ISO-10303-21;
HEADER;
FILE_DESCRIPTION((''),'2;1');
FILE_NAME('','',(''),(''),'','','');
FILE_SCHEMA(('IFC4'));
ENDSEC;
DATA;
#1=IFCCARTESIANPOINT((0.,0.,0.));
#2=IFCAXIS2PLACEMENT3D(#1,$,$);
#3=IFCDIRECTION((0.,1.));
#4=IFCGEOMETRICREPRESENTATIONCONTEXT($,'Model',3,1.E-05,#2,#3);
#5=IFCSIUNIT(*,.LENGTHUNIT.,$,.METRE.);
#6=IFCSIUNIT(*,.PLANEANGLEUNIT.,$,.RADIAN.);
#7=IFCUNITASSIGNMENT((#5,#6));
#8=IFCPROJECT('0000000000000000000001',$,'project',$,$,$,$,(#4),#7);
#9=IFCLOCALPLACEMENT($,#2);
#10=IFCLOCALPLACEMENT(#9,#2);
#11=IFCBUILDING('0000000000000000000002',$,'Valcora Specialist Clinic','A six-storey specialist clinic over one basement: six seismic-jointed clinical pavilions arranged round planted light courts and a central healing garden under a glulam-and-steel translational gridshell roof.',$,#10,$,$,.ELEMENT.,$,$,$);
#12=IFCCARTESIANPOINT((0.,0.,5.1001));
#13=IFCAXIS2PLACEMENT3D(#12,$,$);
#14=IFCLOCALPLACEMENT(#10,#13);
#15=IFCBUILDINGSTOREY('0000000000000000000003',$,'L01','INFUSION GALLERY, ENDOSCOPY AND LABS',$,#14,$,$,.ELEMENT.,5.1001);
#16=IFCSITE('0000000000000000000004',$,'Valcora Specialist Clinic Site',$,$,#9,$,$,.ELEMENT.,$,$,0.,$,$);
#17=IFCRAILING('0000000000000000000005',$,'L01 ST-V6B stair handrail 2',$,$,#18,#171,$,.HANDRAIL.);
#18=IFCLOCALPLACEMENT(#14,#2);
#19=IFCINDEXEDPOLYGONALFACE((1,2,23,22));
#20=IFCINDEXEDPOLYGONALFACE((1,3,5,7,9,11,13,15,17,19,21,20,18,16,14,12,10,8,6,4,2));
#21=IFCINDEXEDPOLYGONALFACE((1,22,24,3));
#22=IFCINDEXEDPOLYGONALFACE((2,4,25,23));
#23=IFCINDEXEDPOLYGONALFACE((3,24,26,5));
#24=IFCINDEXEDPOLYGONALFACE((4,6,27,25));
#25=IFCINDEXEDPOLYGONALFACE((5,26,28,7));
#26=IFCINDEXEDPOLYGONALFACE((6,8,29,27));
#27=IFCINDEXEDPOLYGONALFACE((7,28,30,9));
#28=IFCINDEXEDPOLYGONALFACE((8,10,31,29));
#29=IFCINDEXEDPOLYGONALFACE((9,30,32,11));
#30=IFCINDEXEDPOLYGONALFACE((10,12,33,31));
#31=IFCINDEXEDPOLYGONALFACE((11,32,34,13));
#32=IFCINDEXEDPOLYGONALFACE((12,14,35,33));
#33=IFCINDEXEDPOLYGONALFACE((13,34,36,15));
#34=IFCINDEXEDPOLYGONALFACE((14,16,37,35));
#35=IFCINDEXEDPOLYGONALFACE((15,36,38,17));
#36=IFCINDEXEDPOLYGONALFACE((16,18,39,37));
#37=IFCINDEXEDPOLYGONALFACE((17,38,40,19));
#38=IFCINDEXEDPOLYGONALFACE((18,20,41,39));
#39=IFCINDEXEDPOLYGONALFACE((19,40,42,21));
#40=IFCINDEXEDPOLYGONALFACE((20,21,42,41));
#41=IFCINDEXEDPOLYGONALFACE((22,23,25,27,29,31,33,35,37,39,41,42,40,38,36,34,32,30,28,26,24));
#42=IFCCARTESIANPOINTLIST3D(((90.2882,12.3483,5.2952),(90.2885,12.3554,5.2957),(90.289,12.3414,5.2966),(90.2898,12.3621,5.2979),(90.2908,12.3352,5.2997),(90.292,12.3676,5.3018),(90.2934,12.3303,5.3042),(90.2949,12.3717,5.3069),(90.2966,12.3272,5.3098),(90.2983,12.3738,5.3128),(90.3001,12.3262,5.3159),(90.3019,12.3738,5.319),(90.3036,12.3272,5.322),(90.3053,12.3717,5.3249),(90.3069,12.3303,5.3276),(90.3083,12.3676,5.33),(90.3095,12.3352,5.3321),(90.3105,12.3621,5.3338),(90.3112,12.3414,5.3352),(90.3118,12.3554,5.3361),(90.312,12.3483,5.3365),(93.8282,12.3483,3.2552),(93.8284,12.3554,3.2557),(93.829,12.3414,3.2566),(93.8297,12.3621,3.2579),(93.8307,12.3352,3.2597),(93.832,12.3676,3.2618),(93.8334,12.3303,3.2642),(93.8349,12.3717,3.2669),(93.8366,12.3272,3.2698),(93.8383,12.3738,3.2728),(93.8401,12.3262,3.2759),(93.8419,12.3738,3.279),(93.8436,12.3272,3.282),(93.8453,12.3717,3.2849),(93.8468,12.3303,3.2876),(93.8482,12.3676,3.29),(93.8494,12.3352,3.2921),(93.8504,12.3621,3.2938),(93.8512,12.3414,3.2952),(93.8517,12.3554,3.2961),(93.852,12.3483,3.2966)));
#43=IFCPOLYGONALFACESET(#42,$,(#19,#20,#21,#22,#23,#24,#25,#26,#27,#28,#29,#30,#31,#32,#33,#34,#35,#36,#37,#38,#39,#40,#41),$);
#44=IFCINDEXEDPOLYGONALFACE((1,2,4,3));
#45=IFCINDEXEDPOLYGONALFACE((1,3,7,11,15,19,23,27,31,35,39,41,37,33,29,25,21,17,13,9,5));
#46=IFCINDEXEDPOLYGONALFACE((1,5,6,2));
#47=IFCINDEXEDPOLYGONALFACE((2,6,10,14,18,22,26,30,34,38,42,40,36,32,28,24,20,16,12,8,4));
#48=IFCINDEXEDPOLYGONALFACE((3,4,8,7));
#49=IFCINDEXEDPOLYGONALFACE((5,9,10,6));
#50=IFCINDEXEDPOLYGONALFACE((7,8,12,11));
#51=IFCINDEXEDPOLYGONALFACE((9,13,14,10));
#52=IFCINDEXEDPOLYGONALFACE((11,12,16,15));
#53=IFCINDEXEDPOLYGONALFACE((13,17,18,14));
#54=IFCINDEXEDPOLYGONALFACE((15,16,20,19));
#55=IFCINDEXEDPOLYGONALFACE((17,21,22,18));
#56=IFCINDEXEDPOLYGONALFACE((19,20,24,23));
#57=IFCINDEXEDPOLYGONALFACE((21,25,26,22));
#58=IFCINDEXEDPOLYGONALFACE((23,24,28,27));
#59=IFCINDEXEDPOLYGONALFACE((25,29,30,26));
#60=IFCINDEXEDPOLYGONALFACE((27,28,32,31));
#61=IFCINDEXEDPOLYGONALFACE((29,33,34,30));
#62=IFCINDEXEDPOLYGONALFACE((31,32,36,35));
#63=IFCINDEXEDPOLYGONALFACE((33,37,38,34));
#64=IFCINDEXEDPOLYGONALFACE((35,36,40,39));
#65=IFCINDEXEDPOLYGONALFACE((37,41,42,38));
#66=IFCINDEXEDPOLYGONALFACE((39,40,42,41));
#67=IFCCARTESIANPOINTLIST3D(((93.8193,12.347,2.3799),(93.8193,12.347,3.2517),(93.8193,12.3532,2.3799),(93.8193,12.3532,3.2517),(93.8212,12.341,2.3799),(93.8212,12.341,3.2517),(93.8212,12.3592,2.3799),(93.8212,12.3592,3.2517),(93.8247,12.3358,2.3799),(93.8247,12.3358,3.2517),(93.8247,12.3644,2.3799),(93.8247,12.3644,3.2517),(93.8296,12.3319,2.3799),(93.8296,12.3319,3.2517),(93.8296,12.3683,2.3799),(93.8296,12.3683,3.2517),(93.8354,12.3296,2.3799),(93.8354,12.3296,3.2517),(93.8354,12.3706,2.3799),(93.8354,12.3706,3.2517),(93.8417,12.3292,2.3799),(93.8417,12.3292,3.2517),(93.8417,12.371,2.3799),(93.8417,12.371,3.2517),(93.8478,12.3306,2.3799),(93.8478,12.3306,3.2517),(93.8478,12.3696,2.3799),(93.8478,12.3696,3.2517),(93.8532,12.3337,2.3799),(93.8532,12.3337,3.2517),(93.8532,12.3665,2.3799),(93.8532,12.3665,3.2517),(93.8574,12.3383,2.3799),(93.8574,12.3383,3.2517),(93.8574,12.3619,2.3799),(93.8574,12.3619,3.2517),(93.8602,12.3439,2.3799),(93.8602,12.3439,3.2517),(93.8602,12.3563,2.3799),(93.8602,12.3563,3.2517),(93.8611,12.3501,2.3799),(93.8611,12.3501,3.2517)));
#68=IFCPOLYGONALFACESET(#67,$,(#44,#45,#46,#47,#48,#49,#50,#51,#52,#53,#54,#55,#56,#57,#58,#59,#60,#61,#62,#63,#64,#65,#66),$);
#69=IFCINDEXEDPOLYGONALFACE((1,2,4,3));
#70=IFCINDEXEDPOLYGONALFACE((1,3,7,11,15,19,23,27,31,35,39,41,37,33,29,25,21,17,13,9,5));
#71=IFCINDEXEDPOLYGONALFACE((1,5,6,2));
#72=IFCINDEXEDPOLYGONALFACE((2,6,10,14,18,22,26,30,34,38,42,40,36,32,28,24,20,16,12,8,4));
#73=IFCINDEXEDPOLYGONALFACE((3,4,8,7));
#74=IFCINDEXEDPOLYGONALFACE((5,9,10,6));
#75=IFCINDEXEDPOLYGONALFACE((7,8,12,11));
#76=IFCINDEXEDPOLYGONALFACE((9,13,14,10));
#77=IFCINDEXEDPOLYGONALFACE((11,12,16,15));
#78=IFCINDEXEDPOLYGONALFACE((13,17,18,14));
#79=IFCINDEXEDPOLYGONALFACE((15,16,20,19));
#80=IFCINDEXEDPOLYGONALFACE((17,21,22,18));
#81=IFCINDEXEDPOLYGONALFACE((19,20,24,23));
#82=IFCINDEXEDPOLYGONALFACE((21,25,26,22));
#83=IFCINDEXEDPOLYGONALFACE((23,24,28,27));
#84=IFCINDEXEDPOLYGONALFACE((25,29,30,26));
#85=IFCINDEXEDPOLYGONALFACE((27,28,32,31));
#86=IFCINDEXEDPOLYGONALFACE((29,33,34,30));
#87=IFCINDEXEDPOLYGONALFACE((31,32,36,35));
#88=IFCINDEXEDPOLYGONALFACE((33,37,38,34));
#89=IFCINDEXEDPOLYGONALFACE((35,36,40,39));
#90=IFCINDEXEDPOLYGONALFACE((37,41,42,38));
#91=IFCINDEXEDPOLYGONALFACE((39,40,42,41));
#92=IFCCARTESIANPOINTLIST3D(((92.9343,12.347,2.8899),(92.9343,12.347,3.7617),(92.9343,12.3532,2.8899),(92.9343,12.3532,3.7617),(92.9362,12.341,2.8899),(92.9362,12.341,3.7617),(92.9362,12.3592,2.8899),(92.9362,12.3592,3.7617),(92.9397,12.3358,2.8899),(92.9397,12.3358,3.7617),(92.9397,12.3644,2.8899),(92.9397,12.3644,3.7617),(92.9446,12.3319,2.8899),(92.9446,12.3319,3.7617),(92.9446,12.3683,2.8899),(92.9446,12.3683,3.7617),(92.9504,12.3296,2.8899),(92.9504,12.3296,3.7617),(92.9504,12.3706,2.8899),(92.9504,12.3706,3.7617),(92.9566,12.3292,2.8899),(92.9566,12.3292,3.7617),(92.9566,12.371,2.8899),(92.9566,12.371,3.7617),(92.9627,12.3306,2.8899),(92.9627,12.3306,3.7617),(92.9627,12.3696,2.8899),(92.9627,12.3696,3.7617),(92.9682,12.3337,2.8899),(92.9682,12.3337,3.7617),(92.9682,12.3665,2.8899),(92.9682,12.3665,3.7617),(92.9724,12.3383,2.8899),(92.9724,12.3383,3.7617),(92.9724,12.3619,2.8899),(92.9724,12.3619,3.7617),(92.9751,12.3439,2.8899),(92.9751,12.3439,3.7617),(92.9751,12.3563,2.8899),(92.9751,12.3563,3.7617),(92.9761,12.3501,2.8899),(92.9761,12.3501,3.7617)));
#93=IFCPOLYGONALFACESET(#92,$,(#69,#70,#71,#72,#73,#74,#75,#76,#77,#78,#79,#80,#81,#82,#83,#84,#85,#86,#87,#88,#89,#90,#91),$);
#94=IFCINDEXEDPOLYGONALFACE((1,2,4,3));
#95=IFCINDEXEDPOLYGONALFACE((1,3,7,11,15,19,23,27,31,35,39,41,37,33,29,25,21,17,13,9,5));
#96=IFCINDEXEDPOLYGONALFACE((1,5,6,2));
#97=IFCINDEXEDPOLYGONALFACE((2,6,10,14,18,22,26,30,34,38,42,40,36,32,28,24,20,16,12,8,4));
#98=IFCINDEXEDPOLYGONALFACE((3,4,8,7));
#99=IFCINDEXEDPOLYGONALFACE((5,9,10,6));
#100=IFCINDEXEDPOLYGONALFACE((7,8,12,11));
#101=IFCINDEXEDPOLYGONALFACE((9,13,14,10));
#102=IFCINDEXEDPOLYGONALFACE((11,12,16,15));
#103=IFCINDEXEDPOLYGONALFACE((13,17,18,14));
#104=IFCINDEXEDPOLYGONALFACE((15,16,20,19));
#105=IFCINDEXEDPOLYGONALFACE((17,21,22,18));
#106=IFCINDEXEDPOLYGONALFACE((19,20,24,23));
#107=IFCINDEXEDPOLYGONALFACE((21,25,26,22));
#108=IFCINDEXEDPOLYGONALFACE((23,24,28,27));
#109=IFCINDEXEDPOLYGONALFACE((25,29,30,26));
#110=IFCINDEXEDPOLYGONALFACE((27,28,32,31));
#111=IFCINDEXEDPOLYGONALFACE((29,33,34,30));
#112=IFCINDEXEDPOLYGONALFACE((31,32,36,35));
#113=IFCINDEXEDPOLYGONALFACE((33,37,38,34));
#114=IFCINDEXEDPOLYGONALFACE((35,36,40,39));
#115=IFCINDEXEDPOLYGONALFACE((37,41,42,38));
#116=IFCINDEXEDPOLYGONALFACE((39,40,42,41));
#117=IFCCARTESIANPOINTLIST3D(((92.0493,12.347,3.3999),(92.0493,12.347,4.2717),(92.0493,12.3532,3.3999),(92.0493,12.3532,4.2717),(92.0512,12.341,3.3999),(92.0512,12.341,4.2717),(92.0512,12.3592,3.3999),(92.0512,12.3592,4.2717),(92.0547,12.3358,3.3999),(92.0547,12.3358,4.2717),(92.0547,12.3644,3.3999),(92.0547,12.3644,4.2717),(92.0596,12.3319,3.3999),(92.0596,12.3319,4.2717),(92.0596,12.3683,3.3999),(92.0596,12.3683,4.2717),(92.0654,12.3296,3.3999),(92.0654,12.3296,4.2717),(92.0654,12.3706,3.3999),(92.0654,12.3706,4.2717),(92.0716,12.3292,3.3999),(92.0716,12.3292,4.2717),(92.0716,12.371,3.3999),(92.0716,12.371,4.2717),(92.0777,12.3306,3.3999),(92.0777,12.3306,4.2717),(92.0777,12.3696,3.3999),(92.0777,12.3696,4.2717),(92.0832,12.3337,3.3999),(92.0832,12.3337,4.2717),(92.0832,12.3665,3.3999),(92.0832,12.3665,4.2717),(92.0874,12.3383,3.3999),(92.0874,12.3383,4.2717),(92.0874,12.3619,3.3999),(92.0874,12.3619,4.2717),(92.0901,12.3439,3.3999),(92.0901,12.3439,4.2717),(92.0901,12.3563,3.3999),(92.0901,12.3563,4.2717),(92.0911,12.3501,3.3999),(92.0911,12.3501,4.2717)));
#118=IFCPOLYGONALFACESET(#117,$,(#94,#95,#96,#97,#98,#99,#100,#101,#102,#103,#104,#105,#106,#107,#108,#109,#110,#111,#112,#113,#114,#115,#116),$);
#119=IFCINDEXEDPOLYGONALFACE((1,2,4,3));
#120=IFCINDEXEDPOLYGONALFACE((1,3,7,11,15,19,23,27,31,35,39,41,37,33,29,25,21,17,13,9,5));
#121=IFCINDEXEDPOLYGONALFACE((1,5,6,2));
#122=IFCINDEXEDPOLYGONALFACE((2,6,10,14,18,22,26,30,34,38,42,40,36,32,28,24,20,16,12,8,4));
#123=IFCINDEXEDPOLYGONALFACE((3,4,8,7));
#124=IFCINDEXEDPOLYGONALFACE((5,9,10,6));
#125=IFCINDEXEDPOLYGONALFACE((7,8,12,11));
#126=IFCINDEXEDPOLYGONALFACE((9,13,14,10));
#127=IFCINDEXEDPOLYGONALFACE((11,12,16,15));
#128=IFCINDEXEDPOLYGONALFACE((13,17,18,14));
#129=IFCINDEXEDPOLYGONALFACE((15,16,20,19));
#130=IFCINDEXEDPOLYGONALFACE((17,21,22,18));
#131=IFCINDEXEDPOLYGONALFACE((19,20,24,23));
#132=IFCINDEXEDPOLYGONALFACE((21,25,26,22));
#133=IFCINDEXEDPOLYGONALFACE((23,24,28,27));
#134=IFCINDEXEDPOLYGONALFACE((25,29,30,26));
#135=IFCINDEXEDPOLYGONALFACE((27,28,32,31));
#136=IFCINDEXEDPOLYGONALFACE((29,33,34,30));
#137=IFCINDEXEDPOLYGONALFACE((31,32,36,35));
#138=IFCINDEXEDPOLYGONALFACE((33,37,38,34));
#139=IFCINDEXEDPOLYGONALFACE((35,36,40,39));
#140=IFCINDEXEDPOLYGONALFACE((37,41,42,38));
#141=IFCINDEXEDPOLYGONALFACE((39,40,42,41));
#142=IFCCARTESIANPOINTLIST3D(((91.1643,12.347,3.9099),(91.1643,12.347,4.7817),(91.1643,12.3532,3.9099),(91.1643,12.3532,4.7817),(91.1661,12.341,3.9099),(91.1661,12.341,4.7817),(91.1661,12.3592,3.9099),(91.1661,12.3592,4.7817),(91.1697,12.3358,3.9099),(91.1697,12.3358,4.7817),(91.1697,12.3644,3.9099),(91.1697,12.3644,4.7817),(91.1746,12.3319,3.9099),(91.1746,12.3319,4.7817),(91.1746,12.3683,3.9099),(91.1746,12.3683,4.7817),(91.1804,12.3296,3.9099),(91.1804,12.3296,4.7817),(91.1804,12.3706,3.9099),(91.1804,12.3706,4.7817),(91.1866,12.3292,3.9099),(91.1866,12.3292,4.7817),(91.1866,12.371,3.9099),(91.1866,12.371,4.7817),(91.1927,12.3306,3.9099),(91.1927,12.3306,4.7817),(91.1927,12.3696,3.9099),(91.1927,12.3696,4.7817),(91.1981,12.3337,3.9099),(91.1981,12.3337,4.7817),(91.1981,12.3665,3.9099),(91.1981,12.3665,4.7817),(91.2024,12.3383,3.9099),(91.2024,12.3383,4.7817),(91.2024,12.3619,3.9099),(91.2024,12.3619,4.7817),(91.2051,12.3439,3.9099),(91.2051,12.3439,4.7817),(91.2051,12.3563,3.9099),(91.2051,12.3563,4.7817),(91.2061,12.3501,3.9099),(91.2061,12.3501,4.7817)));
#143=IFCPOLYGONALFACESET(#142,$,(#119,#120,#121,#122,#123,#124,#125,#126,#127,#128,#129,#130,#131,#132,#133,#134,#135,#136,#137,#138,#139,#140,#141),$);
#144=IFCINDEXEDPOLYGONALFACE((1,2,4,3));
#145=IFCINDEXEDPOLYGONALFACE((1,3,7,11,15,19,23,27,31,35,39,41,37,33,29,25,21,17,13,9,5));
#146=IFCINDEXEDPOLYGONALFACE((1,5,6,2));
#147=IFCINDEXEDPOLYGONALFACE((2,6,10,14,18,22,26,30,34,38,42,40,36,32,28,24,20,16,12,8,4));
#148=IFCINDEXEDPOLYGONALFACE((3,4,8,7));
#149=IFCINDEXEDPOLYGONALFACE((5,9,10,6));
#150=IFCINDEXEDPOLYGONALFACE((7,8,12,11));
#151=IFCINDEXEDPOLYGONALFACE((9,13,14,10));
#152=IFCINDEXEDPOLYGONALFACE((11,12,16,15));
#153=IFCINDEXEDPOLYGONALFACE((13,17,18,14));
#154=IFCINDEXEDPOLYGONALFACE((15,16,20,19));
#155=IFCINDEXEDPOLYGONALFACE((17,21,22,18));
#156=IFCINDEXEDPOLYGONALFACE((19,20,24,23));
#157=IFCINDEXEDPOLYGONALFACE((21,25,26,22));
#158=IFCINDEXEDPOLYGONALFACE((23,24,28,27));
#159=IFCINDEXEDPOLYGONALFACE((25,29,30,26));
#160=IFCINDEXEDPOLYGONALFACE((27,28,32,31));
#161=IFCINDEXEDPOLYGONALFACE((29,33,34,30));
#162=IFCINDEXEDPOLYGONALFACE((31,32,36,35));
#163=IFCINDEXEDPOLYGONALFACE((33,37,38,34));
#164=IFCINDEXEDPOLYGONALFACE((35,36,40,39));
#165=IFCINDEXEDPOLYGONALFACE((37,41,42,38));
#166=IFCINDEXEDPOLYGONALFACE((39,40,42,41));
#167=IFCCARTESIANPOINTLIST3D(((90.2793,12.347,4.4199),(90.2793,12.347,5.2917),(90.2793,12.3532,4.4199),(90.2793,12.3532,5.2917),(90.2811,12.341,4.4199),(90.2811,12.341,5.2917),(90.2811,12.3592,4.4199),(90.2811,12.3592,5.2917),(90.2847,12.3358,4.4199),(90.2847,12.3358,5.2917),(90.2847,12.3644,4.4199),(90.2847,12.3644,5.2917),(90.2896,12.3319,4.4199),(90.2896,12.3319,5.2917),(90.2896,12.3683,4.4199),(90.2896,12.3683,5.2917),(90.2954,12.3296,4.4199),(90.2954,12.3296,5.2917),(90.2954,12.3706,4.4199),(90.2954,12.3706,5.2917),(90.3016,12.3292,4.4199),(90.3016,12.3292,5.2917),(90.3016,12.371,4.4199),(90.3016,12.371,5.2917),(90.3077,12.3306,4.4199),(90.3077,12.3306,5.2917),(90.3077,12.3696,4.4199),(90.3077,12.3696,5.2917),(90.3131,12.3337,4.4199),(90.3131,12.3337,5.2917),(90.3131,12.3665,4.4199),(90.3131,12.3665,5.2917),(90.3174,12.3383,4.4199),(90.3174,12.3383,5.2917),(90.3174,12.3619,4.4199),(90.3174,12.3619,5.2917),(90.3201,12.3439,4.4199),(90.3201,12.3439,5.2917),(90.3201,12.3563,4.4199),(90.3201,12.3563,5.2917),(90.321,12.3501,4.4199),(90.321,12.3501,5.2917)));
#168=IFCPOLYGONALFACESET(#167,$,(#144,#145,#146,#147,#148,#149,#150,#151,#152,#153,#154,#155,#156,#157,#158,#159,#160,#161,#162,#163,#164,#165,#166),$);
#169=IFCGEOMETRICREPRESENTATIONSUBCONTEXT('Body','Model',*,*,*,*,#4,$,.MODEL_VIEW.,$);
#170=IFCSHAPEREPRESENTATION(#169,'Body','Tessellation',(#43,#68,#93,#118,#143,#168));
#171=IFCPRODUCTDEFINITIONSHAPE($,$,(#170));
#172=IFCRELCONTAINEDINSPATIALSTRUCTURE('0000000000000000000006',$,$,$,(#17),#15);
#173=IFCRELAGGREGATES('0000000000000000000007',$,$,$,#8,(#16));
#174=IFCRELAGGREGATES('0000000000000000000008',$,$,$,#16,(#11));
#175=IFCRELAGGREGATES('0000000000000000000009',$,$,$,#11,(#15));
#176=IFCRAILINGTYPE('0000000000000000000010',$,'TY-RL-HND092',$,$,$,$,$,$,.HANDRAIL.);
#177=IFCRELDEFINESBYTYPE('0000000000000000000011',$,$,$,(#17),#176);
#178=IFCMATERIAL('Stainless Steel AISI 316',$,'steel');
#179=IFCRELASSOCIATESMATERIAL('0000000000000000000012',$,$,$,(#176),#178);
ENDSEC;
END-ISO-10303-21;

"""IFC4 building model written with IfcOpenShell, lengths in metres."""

from ifc_helpers import new_model, si_unit, direction, frame, origin, origin_2d, place, context, subcontext, project, spatial, circle, extrude, material, type_object, element, save


model = new_model("IFC4")

# Units and contexts
model_context = context("Model", 3, precision=1e-05, world=origin(), true_north=direction((0.0, 1.0)))
body_context = subcontext(model_context, "Body", "Model", "MODEL_VIEW")
ifc_project = project(units=[si_unit("LENGTHUNIT", "METRE"), si_unit("PLANEANGLEUNIT", "RADIAN")], contexts=[model_context])

# Site, building, storey
site_placement = place(None, origin())
site = spatial("IfcSite", under=ifc_project, at=site_placement, Name="Valcora Specialist Clinic Site", CompositionType="ELEMENT", RefElevation=0.0)
building_placement = place(site_placement, origin())
building = spatial("IfcBuilding", under=site, at=building_placement, Name="Valcora Specialist Clinic", Description="A six-storey specialist clinic over one basement: six seismic-jointed clinical pavilions arranged round planted light courts and a central healing garden under a glulam-and-steel translational gridshell roof.", CompositionType="ELEMENT")
storey_placement = place(building_placement, frame((0.0, 0.0, 5.1001)))
storey = spatial("IfcBuildingStorey", under=building, at=storey_placement, Name="L01", Description="INFUSION GALLERY, ENDOSCOPY AND LABS", CompositionType="ELEMENT", Elevation=5.1001)

# Shared definitions
ifc_material_1 = material(Name="Stainless Steel AISI 316", Category="steel")

# Railing
railing_type_1 = type_object("IfcRailingType", Name="TY-RL-HND092", PredefinedType="HANDRAIL", material=ifc_material_1)
railing_1_placement = place(storey_placement, frame((93.8401, 12.3501, 2.3799)))
element("IfcRailing", 1, at=railing_1_placement, inside=storey, type_object=railing_type_1, Name="L01 ST-V6B stair handrail 2", PredefinedType="HANDRAIL", context=body_context, shape_type="SweptSolid", body=[
    extrude(circle(Radius=0.0239, at=origin_2d()), frame((0.0, 0.0, 0.896), z_axis=(-0.866428, 0.0, 0.499302), x_axis=(0.0, -1.0, 0.0)), (0.0, 0.0, 1.0), 4.0857),
    extrude(circle(Radius=0.021, at=origin_2d()), origin(), (0.0, 0.0, 1.0), 0.8718),
    extrude(circle(Radius=0.021, at=origin_2d()), frame((-0.885, 0.0, 0.51)), (0.0, 0.0, 1.0), 0.8718),
    extrude(circle(Radius=0.021, at=origin_2d()), frame((-1.77, 0.0, 1.02)), (0.0, 0.0, 1.0), 0.8718),
    extrude(circle(Radius=0.021, at=origin_2d()), frame((-2.655, 0.0, 1.53)), (0.0, 0.0, 1.0), 0.8718),
    extrude(circle(Radius=0.021, at=origin_2d()), frame((-3.54, 0.0, 2.04)), (0.0, 0.0, 1.0), 0.8718),
])

save(model, "model.ifc")
